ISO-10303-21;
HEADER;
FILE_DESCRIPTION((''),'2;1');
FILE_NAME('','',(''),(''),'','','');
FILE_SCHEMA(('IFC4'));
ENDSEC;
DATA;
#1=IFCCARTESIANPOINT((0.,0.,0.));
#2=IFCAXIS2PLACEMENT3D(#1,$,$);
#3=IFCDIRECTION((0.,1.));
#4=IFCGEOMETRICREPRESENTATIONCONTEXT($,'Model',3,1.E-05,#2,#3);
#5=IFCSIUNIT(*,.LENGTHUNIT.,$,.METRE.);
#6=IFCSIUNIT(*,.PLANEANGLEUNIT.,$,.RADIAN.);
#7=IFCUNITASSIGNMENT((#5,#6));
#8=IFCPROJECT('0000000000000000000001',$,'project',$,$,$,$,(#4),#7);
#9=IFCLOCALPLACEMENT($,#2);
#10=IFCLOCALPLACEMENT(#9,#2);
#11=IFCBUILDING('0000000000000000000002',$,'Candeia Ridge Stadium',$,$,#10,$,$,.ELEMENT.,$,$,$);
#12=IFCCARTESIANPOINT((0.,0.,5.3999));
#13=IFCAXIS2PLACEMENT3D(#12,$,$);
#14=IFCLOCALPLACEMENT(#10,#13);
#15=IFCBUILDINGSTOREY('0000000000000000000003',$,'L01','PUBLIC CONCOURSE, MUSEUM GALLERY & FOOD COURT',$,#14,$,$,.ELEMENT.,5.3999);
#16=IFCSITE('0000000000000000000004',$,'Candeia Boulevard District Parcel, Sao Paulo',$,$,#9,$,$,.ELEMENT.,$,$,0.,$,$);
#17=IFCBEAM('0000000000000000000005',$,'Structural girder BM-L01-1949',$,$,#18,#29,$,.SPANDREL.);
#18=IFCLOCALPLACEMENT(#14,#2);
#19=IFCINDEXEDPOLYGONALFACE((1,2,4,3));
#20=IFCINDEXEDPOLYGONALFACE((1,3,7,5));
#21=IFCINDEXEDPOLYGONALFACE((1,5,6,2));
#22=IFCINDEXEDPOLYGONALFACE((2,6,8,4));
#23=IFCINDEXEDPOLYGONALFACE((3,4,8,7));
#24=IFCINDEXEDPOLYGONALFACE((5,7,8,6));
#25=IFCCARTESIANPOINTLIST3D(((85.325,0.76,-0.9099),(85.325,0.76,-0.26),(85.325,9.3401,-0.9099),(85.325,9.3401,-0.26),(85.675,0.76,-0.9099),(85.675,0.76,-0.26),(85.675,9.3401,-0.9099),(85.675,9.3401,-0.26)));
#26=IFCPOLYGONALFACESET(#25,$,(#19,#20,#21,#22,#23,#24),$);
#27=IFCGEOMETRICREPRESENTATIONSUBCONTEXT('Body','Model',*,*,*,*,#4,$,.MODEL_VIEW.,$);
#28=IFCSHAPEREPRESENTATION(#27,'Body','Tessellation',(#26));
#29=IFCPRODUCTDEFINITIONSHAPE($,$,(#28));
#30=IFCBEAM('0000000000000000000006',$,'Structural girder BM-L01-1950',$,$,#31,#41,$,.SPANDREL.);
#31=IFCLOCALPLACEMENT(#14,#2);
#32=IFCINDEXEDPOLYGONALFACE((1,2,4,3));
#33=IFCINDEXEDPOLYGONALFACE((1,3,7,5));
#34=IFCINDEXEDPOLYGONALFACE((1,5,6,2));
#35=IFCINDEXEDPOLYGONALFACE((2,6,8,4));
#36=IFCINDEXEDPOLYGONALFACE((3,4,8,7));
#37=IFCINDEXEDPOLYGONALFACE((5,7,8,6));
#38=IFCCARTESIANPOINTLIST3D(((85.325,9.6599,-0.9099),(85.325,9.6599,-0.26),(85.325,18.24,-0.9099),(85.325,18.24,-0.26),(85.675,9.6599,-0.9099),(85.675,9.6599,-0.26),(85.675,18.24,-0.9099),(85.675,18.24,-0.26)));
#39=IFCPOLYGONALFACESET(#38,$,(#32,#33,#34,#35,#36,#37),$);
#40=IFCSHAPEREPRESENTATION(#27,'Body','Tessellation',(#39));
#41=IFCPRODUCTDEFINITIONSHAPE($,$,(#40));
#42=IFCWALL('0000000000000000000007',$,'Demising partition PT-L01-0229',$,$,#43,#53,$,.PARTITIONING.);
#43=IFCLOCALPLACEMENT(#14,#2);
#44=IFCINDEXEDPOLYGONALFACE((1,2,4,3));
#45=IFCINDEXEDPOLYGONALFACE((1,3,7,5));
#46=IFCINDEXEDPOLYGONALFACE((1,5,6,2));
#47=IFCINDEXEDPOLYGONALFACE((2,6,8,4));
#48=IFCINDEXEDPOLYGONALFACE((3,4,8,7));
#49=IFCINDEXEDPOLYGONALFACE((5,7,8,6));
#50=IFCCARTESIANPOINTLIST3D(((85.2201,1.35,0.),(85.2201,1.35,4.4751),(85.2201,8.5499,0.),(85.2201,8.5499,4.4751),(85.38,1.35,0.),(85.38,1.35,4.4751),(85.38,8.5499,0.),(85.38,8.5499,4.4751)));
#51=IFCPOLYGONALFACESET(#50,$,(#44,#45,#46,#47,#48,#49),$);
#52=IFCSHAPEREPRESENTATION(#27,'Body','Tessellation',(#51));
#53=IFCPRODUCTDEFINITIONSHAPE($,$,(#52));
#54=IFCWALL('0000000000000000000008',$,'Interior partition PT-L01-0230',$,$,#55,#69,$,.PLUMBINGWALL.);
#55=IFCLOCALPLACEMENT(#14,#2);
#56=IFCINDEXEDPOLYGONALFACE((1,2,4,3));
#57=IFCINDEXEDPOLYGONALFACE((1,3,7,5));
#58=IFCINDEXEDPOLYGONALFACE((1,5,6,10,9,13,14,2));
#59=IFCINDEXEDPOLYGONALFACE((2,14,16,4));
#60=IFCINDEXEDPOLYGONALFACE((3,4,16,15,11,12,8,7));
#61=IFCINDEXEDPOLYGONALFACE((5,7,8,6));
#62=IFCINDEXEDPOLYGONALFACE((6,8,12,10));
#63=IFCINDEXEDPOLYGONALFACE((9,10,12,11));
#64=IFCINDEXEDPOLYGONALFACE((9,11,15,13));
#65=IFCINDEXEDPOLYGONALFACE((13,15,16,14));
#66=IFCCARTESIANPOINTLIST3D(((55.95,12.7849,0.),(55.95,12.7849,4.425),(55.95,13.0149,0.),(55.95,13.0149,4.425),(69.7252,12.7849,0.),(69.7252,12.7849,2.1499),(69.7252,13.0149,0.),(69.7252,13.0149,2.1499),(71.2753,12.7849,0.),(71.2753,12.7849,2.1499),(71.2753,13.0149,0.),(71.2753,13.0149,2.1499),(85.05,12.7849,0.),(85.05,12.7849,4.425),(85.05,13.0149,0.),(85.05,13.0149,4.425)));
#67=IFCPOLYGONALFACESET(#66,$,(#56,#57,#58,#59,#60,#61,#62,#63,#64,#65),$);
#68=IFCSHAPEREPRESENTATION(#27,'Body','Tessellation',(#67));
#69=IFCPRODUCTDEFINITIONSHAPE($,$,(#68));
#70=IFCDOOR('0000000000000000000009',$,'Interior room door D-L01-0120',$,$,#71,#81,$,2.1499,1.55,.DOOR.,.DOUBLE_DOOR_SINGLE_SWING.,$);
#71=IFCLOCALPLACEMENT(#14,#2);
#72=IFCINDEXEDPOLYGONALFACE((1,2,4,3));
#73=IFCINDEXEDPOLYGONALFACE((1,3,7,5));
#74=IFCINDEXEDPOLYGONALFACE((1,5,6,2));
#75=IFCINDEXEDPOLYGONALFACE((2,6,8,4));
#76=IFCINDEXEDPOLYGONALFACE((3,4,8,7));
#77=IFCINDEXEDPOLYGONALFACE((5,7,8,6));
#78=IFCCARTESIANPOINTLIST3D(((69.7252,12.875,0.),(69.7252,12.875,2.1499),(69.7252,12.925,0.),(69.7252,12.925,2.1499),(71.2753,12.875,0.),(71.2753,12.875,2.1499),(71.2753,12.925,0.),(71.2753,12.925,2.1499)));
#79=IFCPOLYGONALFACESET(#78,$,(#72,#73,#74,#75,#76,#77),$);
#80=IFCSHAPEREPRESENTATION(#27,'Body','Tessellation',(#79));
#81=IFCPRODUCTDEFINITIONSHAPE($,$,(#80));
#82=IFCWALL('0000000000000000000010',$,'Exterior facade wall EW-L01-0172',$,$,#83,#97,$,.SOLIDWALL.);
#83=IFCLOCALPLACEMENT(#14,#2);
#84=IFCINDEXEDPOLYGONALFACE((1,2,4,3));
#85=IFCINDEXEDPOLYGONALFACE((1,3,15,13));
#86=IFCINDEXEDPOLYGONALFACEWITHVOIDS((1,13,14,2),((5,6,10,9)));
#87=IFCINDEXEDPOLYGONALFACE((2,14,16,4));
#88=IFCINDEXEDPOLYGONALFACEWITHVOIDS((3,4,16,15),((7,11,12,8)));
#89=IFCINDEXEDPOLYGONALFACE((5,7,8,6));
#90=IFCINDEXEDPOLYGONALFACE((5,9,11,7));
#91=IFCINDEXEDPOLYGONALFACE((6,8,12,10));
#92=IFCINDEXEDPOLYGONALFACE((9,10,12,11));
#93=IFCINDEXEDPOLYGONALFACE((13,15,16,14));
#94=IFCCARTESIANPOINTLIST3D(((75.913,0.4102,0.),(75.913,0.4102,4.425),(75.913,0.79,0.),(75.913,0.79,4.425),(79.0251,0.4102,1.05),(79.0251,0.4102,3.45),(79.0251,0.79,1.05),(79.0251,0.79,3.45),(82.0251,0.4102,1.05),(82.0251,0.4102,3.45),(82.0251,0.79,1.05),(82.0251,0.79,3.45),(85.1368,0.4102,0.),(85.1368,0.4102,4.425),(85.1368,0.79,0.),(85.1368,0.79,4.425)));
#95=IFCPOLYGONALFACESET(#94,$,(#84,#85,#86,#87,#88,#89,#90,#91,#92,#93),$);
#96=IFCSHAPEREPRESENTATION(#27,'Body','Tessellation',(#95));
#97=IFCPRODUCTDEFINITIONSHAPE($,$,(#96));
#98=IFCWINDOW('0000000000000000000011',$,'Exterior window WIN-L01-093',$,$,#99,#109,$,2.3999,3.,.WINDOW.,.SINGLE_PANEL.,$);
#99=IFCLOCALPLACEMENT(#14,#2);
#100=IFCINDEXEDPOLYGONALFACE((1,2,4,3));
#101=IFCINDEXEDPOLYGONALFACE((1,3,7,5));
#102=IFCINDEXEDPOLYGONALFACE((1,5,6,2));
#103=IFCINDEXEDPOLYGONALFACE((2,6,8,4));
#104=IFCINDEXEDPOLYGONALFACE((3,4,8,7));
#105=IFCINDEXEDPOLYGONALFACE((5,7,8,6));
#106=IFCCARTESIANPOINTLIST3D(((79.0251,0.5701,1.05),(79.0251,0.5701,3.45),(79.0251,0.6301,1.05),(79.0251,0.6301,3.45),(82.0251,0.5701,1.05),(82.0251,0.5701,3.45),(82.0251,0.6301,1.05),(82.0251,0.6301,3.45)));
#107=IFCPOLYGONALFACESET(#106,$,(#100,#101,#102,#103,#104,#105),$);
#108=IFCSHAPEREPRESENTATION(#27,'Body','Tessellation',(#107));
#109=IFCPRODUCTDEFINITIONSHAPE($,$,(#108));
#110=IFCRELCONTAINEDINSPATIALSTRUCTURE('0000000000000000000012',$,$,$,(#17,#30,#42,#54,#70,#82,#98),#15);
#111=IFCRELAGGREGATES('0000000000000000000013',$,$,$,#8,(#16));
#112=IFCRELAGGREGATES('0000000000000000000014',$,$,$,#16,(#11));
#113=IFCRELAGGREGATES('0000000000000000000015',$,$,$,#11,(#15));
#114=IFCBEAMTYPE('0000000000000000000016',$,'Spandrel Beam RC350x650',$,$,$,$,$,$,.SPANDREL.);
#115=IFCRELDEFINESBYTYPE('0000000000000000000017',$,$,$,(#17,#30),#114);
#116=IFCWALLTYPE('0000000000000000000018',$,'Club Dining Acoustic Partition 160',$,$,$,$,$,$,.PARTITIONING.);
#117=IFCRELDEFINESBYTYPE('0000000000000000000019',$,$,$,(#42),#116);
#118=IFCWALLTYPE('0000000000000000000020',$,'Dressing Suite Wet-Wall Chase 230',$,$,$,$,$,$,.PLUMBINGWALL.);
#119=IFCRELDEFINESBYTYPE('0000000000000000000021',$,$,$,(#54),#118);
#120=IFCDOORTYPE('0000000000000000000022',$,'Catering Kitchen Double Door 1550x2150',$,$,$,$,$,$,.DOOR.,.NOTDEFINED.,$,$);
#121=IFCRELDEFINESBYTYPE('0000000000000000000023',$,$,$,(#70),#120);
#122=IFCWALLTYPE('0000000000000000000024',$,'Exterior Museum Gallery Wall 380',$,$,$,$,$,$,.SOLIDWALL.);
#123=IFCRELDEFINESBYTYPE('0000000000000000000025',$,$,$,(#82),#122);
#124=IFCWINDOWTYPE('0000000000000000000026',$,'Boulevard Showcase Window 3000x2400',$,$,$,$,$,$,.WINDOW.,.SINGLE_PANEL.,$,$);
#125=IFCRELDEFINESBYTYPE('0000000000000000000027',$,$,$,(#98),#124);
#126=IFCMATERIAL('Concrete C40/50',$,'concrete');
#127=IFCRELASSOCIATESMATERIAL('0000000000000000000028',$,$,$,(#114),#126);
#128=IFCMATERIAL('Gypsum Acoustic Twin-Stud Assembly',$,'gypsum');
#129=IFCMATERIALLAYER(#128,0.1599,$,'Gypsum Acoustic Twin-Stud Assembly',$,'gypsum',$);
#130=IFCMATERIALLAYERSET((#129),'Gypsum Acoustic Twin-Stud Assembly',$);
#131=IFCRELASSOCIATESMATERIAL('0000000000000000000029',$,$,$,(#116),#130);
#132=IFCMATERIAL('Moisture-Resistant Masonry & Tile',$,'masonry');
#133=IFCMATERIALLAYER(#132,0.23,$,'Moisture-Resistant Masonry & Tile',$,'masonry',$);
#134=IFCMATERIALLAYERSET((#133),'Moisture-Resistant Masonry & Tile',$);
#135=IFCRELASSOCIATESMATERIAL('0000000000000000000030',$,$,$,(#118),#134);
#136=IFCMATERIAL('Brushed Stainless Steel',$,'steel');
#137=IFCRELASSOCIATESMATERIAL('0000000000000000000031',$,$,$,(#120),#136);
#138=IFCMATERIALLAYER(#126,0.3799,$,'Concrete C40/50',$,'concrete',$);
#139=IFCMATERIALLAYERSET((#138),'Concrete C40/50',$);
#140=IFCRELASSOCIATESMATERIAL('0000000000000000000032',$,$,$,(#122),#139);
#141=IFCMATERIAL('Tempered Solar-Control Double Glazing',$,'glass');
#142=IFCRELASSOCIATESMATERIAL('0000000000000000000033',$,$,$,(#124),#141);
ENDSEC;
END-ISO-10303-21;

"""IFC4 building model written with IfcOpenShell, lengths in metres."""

from ifc_helpers import new_model, si_unit, direction, frame, frame_2d, origin, origin_2d, place, context, subcontext, project, spatial, rectangle, extrude, material, layer, layer_set, material_profile, profile_set, type_object, element, fill, save


model = new_model("IFC4")

# Units and contexts
model_context = context("Model", 3, precision=1e-05, world=origin(), true_north=direction((0.0, 1.0)))
body_context = subcontext(model_context, "Body", "Model", "MODEL_VIEW")
ifc_project = project(units=[si_unit("LENGTHUNIT", "METRE"), si_unit("PLANEANGLEUNIT", "RADIAN")], contexts=[model_context])

# Site, building, storey
site_placement = place(None, origin())
site = spatial("IfcSite", under=ifc_project, at=site_placement, Name="Candeia Boulevard District Parcel, Sao Paulo", CompositionType="ELEMENT", RefElevation=0.0)
building_placement = place(site_placement, origin())
building = spatial("IfcBuilding", under=site, at=building_placement, Name="Candeia Ridge Stadium", CompositionType="ELEMENT")
storey_placement = place(building_placement, frame((0.0, 0.0, 5.3999)))
storey = spatial("IfcBuildingStorey", under=building, at=storey_placement, Name="L01", Description="PUBLIC CONCOURSE, MUSEUM GALLERY & FOOD COURT", CompositionType="ELEMENT", Elevation=5.3999)

# Shared definitions
ifc_material_1 = material(Name="Concrete C40/50", Category="concrete")

# Beams
ifc_material_profile_1 = material_profile(ifc_material_1, rectangle(XDim=0.3501, YDim=0.6499, at=origin_2d()), Name="RC350x650", Category="concrete")
ifc_profile_set_1 = profile_set([ifc_material_profile_1], Name="Concrete C40/50")
beam_type_1 = type_object("IfcBeamType", Name="Spandrel Beam RC350x650", PredefinedType="SPANDREL", material=ifc_profile_set_1)
for number, where, z_axis, x_axis, name in (
    (1, (85.5, 0.76, -0.585), (0.0, 1.0, 0.0), (-1.0, 0.0, 0.0), "Structural girder BM-L01-1949"),
    (2, (85.5, 9.6599, -0.585), (0.0, 1.0, 0.0), (-1.0, 0.0, 0.0), "Structural girder BM-L01-1950"),
):
    element("IfcBeam", number, at=place(storey_placement, frame(where, z_axis=z_axis, x_axis=x_axis)), inside=storey, type_object=beam_type_1, Name=name, PredefinedType="SPANDREL", context=body_context, shape_type="SweptSolid", body=[
        extrude(rectangle(XDim=0.3501, YDim=0.6499, at=origin_2d()), origin(), (0.0, 0.0, 1.0), 8.5801),
    ])

# Wall
ifc_material_2 = material(Name="Gypsum Acoustic Twin-Stud Assembly", Category="gypsum")
ifc_layer_1 = layer(ifc_material_2, 0.1599, Name="Gypsum Acoustic Twin-Stud Assembly", Category="gypsum")
ifc_layer_set_1 = layer_set([ifc_layer_1], Name="Gypsum Acoustic Twin-Stud Assembly")
wall_type_1 = type_object("IfcWallType", Name="Club Dining Acoustic Partition 160", PredefinedType="PARTITIONING", material=ifc_layer_set_1)
wall_1_placement = place(storey_placement, frame((85.3, 8.55, 0.0), z_axis=(0.0, 0.0, 1.0), x_axis=(0.0, -1.0, 0.0)))
element("IfcWall", 3, at=wall_1_placement, inside=storey, type_object=wall_type_1, Name="Demising partition PT-L01-0229", PredefinedType="PARTITIONING", context=body_context, shape_type="SweptSolid", body=[
    extrude(rectangle(XDim=7.2, YDim=0.1599, at=frame_2d((3.6001, 0.0))), origin(), (0.0, 0.0, 1.0), 4.4751),
])

# Wall, opening, door
ifc_material_3 = material(Name="Moisture-Resistant Masonry & Tile", Category="masonry")
ifc_layer_2 = layer(ifc_material_3, 0.23, Name="Moisture-Resistant Masonry & Tile", Category="masonry")
ifc_layer_set_2 = layer_set([ifc_layer_2], Name="Moisture-Resistant Masonry & Tile")
wall_type_2 = type_object("IfcWallType", Name="Dressing Suite Wet-Wall Chase 230", PredefinedType="PLUMBINGWALL", material=ifc_layer_set_2)
wall_2_placement = place(storey_placement, frame((85.05, 12.8999, 0.0), z_axis=(0.0, 0.0, 1.0), x_axis=(-1.0, 0.0, 0.0)))
wall_2 = element("IfcWall", 4, at=wall_2_placement, inside=storey, type_object=wall_type_2, Name="Interior partition PT-L01-0230", PredefinedType="PLUMBINGWALL", context=body_context, shape_type="SweptSolid", body=[
    extrude(rectangle(XDim=29.1001, YDim=0.23, at=frame_2d((14.55, 0.0))), origin(), (0.0, 0.0, 1.0), 4.425),
])
opening_1_placement = place(wall_2_placement, frame((13.7749, 0.0, 0.0)))
opening_1 = element("IfcOpeningElement", 5, at=opening_1_placement, cuts=wall_2, PredefinedType="OPENING", context=body_context, shape_type="SweptSolid", body=[
    extrude(rectangle(XDim=1.55, YDim=2.1499, at=frame_2d((0.7749, 1.075))), frame((0.0, 0.125, 0.0), z_axis=(0.0, -1.0, 0.0), x_axis=(1.0, 0.0, 0.0)), (0.0, 0.0, 1.0), 0.25),
])
ifc_material_4 = material(Name="Brushed Stainless Steel", Category="steel")
door_type = type_object("IfcDoorType", Name="Catering Kitchen Double Door 1550x2150", OperationType="NOTDEFINED", PredefinedType="DOOR", material=ifc_material_4)
door_placement = place(opening_1_placement, origin())
door = element("IfcDoor", 6, at=door_placement, inside=storey, type_object=door_type, Name="Interior room door D-L01-0120", OperationType="DOUBLE_DOOR_SINGLE_SWING", OverallHeight=2.1499, OverallWidth=1.55, PredefinedType="DOOR", context=body_context, shape_type="SweptSolid", body=[
    extrude(rectangle(XDim=1.55, YDim=2.1499, at=frame_2d((0.7749, 1.075))), frame((0.0, 0.0249, 0.0), z_axis=(0.0, -1.0, 0.0), x_axis=(1.0, 0.0, 0.0)), (0.0, 0.0, 1.0), 0.05),
])
fill(opening_1, door)

# Wall, opening, window
ifc_layer_3 = layer(ifc_material_1, 0.3799, Name="Concrete C40/50", Category="concrete")
ifc_layer_set_3 = layer_set([ifc_layer_3], Name="Concrete C40/50")
wall_type_3 = type_object("IfcWallType", Name="Exterior Museum Gallery Wall 380", PredefinedType="SOLIDWALL", material=ifc_layer_set_3)
wall_3_placement = place(storey_placement, frame((75.9131, 0.6001, 0.0), z_axis=(0.0, 0.0, 1.0), x_axis=(1.0, 0.0, 0.0)))
wall_3 = element("IfcWall", 7, at=wall_3_placement, inside=storey, type_object=wall_type_3, Name="Exterior facade wall EW-L01-0172", PredefinedType="SOLIDWALL", context=body_context, shape_type="SweptSolid", body=[
    extrude(rectangle(XDim=9.2239, YDim=0.3799, at=frame_2d((4.6118, 0.0))), origin(), (0.0, 0.0, 1.0), 4.425),
])
opening_2_placement = place(wall_3_placement, frame((3.1121, 0.0, 1.05)))
opening_2 = element("IfcOpeningElement", 8, at=opening_2_placement, cuts=wall_3, PredefinedType="OPENING", context=body_context, shape_type="SweptSolid", body=[
    extrude(rectangle(XDim=3.0, YDim=2.3999, at=frame_2d((1.5, 1.2))), frame((0.0, 0.2, 0.0), z_axis=(0.0, -1.0, 0.0), x_axis=(1.0, 0.0, 0.0)), (0.0, 0.0, 1.0), 0.3999),
])
ifc_material_5 = material(Name="Tempered Solar-Control Double Glazing", Category="glass")
window_type = type_object("IfcWindowType", Name="Boulevard Showcase Window 3000x2400", PartitioningType="SINGLE_PANEL", PredefinedType="WINDOW", material=ifc_material_5)
window_placement = place(opening_2_placement, origin())
window = element("IfcWindow", 9, at=window_placement, inside=storey, type_object=window_type, Name="Exterior window WIN-L01-093", OverallHeight=2.3999, OverallWidth=3.0, PartitioningType="SINGLE_PANEL", PredefinedType="WINDOW", context=body_context, shape_type="SweptSolid", body=[
    extrude(rectangle(XDim=3.0, YDim=2.3999, at=frame_2d((1.5, 1.2))), frame((0.0, 0.03, 0.0), z_axis=(0.0, -1.0, 0.0), x_axis=(1.0, 0.0, 0.0)), (0.0, 0.0, 1.0), 0.0601),
])
fill(opening_2, window)

save(model, "model.ifc")
